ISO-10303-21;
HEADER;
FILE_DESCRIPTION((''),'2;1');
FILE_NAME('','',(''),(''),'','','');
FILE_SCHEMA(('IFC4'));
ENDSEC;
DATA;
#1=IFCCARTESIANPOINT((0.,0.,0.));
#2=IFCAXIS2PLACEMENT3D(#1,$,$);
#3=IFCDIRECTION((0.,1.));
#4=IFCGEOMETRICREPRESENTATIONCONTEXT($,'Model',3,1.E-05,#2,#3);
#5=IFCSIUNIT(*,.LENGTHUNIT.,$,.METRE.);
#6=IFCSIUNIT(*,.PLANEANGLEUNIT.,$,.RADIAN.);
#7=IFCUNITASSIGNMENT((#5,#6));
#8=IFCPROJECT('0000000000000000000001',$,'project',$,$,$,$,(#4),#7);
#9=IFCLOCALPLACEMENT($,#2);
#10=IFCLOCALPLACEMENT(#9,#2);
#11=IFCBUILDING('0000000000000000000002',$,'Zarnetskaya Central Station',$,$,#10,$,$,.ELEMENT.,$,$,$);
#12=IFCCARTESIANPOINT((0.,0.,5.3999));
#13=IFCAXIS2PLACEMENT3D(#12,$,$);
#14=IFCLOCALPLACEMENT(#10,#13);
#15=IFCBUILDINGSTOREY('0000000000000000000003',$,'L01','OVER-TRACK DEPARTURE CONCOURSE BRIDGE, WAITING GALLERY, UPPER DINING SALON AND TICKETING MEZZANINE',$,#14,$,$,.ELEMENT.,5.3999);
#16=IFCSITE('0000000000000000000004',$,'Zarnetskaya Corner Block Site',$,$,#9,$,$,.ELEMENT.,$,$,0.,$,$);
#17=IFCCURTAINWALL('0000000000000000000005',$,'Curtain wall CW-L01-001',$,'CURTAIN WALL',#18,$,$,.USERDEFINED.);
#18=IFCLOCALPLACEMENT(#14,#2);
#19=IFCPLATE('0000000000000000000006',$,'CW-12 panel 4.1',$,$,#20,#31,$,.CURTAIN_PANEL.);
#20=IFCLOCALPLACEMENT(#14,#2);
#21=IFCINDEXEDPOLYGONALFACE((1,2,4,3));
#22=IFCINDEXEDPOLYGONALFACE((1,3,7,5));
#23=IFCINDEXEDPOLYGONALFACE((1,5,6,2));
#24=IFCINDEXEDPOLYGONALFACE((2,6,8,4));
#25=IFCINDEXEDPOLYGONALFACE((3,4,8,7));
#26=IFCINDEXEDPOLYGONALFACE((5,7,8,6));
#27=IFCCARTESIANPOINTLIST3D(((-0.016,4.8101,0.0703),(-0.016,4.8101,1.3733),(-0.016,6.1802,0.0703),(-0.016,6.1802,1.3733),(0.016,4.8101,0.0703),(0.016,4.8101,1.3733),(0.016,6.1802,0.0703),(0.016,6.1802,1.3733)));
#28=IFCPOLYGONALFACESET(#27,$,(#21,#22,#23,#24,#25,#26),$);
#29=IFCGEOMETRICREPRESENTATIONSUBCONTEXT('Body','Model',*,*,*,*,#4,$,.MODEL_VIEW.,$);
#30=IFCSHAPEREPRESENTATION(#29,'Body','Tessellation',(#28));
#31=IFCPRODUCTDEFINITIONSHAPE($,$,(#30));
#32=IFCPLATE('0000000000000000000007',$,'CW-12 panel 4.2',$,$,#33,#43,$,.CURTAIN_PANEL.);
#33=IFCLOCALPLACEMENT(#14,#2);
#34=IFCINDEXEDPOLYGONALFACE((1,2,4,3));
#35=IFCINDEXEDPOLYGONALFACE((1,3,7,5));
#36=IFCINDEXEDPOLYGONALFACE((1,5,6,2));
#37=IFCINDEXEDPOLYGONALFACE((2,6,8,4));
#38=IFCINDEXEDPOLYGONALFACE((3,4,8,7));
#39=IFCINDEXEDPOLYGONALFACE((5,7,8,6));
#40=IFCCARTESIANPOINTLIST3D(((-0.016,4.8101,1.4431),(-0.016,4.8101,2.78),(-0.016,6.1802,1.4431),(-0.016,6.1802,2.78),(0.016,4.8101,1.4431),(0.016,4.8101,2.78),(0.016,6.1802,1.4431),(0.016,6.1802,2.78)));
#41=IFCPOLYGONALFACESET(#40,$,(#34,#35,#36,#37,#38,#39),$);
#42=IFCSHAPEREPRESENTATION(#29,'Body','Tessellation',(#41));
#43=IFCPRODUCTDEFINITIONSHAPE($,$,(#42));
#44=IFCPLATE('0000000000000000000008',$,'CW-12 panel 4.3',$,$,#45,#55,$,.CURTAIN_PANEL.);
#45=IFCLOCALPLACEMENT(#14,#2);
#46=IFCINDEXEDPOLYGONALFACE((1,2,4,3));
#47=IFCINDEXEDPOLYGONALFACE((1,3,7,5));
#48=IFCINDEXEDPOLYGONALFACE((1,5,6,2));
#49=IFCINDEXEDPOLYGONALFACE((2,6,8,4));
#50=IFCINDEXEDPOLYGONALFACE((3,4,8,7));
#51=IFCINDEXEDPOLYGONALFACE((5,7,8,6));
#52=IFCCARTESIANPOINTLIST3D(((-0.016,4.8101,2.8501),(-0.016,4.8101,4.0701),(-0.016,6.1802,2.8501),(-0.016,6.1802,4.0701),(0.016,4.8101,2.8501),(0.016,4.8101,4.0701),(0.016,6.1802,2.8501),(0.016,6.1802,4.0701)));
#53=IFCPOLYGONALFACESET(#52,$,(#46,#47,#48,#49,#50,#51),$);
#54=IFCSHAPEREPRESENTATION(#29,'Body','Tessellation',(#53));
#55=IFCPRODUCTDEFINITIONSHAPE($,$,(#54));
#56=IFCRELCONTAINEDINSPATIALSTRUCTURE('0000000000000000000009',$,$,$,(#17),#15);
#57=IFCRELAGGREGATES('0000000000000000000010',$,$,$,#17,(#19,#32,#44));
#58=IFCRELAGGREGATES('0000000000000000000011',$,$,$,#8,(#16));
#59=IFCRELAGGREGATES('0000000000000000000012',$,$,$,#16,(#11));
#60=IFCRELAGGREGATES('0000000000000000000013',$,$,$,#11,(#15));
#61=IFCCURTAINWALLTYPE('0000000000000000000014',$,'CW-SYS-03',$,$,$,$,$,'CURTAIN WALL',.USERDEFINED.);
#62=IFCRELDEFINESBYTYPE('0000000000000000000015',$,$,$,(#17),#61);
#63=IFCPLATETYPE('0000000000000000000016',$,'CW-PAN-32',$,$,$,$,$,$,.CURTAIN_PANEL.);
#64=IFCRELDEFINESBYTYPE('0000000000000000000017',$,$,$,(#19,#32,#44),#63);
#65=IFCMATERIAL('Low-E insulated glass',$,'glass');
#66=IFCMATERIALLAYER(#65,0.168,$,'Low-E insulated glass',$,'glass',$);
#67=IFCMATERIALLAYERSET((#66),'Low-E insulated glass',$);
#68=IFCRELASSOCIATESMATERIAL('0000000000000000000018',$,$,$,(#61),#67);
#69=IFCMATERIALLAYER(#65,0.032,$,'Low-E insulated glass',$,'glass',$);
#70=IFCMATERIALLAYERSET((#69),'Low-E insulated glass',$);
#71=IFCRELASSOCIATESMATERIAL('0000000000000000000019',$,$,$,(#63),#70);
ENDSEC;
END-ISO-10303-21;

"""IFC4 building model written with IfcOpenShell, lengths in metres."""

from ifc_helpers import new_model, si_unit, direction, frame, origin, origin_2d, place, context, subcontext, project, spatial, rectangle, extrude, material, layer, layer_set, type_object, element, aggregate, save


model = new_model("IFC4")

# Units and contexts
model_context = context("Model", 3, precision=1e-05, world=origin(), true_north=direction((0.0, 1.0)))
body_context = subcontext(model_context, "Body", "Model", "MODEL_VIEW")
ifc_project = project(units=[si_unit("LENGTHUNIT", "METRE"), si_unit("PLANEANGLEUNIT", "RADIAN")], contexts=[model_context])

# Site, building, storey
site_placement = place(None, origin())
site = spatial("IfcSite", under=ifc_project, at=site_placement, Name="Zarnetskaya Corner Block Site", CompositionType="ELEMENT", RefElevation=0.0)
building_placement = place(site_placement, origin())
building = spatial("IfcBuilding", under=site, at=building_placement, Name="Zarnetskaya Central Station", CompositionType="ELEMENT")
storey_placement = place(building_placement, frame((0.0, 0.0, 5.3999)))
storey = spatial("IfcBuildingStorey", under=building, at=storey_placement, Name="L01", Description="OVER-TRACK DEPARTURE CONCOURSE BRIDGE, WAITING GALLERY, UPPER DINING SALON AND TICKETING MEZZANINE", CompositionType="ELEMENT", Elevation=5.3999)

# Curtain wall, plates
ifc_material_1 = material(Name="Low-E insulated glass", Category="glass")
ifc_layer_1 = layer(ifc_material_1, 0.168, Name="Low-E insulated glass", Category="glass")
ifc_layer_set_1 = layer_set([ifc_layer_1], Name="Low-E insulated glass")
curtain_wall_type = type_object("IfcCurtainWallType", Name="CW-SYS-03", ElementType="CURTAIN WALL", PredefinedType="USERDEFINED", material=ifc_layer_set_1)
curtain_wall_placement = place(storey_placement, origin())
curtain_wall = element("IfcCurtainWall", 1, at=curtain_wall_placement, inside=storey, type_object=curtain_wall_type, Name="Curtain wall CW-L01-001", ObjectType="CURTAIN WALL", PredefinedType="USERDEFINED")
ifc_layer_2 = layer(ifc_material_1, 0.032, Name="Low-E insulated glass", Category="glass")
ifc_layer_set_2 = layer_set([ifc_layer_2], Name="Low-E insulated glass")
plate_type = type_object("IfcPlateType", Name="CW-PAN-32", PredefinedType="CURTAIN_PANEL", material=ifc_layer_set_2)
plate_1_placement = place(storey_placement, frame((0.0, 5.4951, 0.0703), z_axis=(0.0, 0.0, 1.0), x_axis=(0.0, 1.0, 0.0)))
plate_1 = element("IfcPlate", 2, at=plate_1_placement, type_object=plate_type, Name="CW-12 panel 4.1", PredefinedType="CURTAIN_PANEL", context=body_context, shape_type="SweptSolid", body=[
    extrude(rectangle(XDim=1.3701, YDim=0.032, at=origin_2d()), origin(), (0.0, 0.0, 1.0), 1.303),
])
plate_2_placement = place(storey_placement, frame((0.0, 5.4951, 1.4431), z_axis=(0.0, 0.0, 1.0), x_axis=(0.0, 1.0, 0.0)))
plate_2 = element("IfcPlate", 3, at=plate_2_placement, type_object=plate_type, Name="CW-12 panel 4.2", PredefinedType="CURTAIN_PANEL", context=body_context, shape_type="SweptSolid", body=[
    extrude(rectangle(XDim=1.3701, YDim=0.032, at=origin_2d()), origin(), (0.0, 0.0, 1.0), 1.3369),
])
plate_3_placement = place(storey_placement, frame((0.0, 5.4951, 2.8501), z_axis=(0.0, 0.0, 1.0), x_axis=(0.0, 1.0, 0.0)))
plate_3 = element("IfcPlate", 4, at=plate_3_placement, type_object=plate_type, Name="CW-12 panel 4.3", PredefinedType="CURTAIN_PANEL", context=body_context, shape_type="SweptSolid", body=[
    extrude(rectangle(XDim=1.3701, YDim=0.032, at=origin_2d()), origin(), (0.0, 0.0, 1.0), 1.22),
])
aggregate(curtain_wall, [plate_1, plate_2, plate_3])

save(model, "model.ifc")
